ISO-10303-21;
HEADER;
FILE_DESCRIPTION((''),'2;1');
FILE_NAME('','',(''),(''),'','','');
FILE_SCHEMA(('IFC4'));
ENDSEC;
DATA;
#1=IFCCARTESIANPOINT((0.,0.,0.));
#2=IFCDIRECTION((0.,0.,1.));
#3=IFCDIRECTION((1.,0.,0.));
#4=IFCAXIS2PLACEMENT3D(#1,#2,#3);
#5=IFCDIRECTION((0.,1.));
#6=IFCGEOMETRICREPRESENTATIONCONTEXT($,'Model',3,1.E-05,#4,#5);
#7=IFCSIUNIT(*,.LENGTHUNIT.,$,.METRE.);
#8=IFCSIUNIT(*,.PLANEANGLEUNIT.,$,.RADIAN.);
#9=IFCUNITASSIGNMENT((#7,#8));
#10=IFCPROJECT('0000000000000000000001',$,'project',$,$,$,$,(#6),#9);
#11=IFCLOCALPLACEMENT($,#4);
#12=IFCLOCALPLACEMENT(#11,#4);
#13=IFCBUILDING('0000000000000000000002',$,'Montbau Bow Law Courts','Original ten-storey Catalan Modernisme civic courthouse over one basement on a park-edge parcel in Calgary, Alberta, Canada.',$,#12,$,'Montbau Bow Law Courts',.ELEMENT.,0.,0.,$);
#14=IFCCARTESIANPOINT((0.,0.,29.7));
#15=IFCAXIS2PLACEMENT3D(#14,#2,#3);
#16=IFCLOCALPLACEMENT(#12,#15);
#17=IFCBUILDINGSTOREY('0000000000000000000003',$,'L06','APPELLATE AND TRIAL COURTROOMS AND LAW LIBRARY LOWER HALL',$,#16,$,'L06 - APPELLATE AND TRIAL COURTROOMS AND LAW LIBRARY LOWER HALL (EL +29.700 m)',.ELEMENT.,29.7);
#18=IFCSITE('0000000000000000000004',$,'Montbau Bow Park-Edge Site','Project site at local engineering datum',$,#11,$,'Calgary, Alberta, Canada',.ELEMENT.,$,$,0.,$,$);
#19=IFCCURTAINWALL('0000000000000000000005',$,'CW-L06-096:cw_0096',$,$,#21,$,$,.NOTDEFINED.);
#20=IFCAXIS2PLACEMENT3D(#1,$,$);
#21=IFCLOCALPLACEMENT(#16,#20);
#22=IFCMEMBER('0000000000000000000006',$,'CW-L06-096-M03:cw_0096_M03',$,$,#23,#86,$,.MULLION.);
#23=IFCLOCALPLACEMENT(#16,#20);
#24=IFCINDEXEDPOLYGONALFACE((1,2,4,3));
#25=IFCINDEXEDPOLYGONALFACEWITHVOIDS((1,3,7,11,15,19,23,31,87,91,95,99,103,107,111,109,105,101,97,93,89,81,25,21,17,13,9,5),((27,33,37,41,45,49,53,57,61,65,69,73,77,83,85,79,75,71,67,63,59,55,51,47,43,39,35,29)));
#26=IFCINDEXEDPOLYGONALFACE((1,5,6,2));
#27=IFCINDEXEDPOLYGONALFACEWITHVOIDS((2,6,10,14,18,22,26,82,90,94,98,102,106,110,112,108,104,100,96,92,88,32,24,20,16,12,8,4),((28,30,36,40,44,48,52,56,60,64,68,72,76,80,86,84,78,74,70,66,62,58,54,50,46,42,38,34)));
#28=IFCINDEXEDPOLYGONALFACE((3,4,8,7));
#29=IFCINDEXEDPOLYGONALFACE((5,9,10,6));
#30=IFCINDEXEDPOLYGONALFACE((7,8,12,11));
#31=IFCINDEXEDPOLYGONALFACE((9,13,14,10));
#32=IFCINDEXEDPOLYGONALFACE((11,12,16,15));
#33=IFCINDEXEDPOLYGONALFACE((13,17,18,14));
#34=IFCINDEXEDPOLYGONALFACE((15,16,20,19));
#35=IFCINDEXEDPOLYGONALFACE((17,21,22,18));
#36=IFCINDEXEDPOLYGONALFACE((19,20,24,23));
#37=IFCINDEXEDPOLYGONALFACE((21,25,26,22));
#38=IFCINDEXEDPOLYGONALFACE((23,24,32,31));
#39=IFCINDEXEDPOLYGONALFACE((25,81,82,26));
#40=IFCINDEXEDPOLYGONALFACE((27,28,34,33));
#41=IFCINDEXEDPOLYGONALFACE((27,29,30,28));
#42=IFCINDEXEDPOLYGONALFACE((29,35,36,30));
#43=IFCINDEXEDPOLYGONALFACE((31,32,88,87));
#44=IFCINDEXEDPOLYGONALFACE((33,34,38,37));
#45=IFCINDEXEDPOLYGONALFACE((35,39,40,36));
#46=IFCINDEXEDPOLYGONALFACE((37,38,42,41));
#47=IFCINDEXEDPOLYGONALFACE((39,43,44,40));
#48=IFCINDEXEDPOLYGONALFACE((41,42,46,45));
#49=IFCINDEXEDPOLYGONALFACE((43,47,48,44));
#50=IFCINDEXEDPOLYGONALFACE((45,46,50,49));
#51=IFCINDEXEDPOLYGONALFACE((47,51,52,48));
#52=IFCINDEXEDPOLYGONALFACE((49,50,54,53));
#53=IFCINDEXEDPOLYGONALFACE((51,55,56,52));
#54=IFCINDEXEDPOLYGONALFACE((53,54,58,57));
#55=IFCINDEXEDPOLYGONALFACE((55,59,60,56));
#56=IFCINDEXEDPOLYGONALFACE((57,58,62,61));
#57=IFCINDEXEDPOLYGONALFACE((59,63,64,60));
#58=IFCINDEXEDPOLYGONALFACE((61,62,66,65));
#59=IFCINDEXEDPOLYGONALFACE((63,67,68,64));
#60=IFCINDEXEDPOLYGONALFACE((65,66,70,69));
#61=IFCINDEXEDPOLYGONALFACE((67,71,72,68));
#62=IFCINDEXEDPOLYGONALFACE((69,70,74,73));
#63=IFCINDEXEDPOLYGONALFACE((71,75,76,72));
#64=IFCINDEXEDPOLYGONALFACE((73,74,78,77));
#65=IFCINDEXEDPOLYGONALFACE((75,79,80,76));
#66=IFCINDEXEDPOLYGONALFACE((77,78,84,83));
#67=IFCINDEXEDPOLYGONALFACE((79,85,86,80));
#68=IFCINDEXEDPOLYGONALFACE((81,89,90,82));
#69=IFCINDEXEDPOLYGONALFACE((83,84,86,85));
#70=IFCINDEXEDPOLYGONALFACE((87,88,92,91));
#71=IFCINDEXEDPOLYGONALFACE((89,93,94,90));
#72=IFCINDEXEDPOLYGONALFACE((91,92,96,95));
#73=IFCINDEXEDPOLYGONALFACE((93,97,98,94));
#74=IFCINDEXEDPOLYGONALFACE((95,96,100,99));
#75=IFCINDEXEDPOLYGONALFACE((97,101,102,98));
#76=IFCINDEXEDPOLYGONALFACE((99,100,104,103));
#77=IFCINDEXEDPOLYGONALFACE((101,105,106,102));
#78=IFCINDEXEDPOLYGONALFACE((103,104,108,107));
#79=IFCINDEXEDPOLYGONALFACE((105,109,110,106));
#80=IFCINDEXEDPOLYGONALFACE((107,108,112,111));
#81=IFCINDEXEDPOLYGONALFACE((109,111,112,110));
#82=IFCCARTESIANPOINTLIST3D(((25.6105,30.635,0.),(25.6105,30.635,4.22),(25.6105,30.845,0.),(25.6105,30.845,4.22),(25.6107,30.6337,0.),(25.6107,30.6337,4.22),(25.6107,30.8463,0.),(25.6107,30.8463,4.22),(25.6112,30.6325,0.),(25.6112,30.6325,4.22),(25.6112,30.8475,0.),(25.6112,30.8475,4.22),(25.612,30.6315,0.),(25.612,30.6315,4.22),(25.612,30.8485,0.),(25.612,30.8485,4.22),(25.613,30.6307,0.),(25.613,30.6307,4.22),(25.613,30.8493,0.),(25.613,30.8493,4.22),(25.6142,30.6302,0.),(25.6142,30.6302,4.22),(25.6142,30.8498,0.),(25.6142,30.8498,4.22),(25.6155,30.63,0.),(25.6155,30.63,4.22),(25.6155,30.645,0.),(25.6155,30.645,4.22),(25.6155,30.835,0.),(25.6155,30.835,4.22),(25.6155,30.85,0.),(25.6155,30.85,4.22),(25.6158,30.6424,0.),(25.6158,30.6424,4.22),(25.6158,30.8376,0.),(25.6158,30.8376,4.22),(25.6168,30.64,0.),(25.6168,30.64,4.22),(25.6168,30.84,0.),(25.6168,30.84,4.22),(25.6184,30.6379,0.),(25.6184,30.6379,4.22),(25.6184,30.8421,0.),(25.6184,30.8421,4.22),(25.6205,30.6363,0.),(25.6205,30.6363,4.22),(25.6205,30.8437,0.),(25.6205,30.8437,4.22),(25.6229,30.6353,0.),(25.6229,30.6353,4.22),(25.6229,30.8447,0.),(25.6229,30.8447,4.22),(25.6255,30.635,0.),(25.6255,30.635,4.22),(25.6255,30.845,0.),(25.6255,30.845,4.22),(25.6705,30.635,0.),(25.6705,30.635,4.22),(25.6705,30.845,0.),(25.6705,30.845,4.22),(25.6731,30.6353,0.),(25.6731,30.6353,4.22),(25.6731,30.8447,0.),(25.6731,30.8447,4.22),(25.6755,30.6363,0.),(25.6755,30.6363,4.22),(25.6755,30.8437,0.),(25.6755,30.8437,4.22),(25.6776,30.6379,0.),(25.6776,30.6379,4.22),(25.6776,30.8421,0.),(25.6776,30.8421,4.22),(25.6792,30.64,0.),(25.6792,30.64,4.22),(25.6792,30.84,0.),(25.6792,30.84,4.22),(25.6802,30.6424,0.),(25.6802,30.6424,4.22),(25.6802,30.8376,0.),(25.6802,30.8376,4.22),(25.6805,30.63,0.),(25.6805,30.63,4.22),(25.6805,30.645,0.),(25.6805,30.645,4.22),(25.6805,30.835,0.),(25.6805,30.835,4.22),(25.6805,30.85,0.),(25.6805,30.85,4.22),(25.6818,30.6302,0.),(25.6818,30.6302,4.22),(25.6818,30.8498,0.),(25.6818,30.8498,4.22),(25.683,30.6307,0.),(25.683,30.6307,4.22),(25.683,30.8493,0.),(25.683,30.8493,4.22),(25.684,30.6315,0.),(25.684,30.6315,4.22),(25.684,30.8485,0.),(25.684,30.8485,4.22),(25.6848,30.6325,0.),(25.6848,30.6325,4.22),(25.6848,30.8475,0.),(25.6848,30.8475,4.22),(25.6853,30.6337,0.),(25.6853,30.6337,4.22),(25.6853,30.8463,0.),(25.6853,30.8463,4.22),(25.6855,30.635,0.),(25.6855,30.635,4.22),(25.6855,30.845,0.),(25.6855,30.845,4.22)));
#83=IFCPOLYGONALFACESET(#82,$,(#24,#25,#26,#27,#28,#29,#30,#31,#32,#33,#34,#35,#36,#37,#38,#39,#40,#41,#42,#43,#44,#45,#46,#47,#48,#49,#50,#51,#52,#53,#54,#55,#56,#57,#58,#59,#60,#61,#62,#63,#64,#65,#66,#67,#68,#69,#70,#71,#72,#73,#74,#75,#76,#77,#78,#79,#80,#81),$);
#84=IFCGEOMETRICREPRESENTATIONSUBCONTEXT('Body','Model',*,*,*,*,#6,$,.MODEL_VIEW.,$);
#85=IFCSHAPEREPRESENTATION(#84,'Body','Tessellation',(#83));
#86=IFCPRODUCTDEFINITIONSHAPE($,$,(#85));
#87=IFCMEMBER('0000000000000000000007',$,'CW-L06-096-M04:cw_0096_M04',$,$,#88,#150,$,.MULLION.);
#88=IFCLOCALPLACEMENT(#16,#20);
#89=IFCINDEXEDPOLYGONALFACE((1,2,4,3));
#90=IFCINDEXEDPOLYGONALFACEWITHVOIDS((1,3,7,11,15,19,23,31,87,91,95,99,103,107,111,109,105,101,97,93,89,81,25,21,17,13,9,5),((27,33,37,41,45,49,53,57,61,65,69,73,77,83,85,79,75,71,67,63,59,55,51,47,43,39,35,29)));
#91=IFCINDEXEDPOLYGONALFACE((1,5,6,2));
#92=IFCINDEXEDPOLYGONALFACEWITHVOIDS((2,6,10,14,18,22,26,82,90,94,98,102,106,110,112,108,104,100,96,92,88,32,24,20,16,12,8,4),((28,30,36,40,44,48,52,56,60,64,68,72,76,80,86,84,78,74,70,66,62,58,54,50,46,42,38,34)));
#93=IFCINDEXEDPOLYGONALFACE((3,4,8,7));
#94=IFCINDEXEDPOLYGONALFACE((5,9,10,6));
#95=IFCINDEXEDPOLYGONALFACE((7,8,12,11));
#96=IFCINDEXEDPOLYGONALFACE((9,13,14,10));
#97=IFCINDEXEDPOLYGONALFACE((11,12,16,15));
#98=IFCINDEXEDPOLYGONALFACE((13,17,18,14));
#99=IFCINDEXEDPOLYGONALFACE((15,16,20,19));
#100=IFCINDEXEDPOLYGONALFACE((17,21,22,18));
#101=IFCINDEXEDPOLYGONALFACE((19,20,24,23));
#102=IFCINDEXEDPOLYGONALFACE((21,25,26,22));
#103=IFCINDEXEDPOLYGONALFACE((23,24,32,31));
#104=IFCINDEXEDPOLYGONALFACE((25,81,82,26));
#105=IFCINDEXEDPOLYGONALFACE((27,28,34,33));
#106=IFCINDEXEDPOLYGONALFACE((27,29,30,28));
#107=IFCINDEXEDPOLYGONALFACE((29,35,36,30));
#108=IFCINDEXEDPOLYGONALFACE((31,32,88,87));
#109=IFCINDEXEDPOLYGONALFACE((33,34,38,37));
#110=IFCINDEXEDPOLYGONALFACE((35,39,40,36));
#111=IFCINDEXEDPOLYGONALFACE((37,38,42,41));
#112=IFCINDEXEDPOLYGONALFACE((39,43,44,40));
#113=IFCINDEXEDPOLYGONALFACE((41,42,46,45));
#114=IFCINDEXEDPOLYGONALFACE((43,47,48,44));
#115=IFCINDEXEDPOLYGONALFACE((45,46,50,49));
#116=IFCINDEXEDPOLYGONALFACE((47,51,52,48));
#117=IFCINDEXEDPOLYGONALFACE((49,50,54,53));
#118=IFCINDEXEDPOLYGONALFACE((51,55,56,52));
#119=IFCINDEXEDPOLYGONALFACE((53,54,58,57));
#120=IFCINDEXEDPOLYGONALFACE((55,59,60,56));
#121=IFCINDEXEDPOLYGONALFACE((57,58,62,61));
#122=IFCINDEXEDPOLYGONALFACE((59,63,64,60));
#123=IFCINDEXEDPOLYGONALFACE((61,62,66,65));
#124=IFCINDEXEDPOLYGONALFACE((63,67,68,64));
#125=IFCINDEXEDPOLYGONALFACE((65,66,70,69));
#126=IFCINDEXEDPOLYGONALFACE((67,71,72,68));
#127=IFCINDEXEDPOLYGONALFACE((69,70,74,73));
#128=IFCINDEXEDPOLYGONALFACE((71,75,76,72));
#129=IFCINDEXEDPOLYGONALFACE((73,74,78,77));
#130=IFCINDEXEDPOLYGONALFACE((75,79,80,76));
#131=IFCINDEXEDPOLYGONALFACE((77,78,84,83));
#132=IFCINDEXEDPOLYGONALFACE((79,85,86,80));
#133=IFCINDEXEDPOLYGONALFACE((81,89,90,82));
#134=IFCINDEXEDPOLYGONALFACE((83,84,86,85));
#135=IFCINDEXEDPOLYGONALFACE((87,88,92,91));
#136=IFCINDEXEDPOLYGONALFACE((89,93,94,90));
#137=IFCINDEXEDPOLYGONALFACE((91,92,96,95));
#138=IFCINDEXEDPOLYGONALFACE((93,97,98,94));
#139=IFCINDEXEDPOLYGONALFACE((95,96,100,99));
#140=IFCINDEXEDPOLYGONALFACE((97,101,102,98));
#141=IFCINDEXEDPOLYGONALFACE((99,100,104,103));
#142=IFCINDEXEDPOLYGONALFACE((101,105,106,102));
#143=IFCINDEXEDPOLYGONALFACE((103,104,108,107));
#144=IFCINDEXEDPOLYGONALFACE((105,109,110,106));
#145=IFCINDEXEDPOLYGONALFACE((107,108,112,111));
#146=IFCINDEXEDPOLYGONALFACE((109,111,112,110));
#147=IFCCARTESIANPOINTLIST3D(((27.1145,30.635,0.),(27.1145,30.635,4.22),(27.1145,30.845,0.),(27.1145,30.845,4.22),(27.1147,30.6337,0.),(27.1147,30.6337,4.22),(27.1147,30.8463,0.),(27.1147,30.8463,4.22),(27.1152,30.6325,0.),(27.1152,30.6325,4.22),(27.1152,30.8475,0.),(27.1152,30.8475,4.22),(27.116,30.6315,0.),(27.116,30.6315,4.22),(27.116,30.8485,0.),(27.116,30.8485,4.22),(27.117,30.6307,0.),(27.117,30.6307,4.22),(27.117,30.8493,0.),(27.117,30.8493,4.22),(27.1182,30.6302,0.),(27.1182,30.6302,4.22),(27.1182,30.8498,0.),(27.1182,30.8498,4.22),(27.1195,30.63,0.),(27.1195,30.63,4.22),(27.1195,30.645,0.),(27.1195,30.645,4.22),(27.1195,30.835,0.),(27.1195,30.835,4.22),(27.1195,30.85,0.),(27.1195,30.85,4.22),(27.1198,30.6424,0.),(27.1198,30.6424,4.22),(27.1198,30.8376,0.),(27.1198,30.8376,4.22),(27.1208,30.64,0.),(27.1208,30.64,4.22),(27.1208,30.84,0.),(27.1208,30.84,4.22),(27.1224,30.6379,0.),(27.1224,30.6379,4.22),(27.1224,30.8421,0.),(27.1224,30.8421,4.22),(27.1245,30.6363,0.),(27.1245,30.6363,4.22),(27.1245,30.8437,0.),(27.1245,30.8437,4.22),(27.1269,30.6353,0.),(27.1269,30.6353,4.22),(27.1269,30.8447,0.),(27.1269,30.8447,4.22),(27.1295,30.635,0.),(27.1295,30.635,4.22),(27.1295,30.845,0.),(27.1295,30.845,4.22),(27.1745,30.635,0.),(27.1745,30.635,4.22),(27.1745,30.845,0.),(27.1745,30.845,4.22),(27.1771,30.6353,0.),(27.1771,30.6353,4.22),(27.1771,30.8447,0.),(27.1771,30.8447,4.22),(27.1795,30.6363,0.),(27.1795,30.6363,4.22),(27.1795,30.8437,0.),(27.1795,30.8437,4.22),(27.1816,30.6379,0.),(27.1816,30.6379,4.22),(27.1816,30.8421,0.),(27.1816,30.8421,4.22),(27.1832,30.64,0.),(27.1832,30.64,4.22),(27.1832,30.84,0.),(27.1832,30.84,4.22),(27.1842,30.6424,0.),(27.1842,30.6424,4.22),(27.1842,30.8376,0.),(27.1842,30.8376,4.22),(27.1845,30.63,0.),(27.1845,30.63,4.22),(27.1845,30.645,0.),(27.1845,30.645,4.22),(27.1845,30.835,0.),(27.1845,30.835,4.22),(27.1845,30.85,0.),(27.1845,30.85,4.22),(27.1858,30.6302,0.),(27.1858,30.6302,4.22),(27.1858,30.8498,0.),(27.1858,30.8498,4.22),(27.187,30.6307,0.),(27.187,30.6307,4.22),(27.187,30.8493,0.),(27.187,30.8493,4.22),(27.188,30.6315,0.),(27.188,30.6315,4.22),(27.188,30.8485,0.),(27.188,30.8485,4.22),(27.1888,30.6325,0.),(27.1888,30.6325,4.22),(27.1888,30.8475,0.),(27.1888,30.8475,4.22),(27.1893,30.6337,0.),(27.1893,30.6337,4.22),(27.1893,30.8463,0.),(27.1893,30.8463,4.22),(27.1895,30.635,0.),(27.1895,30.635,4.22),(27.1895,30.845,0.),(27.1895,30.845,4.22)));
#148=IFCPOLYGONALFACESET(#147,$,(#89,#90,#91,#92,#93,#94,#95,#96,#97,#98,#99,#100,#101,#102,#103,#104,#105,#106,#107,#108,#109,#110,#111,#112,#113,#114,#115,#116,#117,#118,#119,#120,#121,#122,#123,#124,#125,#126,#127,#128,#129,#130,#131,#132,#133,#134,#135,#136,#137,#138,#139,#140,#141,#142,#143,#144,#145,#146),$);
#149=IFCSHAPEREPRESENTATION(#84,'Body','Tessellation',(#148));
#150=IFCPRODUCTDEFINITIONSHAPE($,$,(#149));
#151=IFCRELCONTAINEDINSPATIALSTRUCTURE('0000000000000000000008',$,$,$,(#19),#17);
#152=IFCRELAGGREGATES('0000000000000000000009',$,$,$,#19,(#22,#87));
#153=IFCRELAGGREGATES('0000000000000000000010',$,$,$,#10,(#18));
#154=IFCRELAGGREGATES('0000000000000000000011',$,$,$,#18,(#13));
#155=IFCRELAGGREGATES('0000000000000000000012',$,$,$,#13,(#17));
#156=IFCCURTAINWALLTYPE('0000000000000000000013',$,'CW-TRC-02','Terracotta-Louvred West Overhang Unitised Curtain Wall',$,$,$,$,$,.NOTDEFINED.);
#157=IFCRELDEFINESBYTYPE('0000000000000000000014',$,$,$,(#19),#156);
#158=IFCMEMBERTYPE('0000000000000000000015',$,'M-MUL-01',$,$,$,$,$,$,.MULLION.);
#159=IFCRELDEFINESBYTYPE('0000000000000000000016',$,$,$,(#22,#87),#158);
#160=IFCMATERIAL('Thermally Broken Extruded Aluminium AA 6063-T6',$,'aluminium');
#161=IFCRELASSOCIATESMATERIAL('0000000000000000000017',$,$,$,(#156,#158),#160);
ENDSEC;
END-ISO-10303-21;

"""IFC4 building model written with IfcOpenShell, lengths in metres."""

from ifc_helpers import new_model, si_unit, direction, frame, origin_with_axes, origin_2d_with_axis, place, context, subcontext, project, spatial, hollow_rectangle, extrude, material, material_profile, profile_set, type_object, element, aggregate, save


model = new_model("IFC4")

# Units and contexts
model_context = context("Model", 3, precision=1e-05, world=origin_with_axes(), true_north=direction((0.0, 1.0)))
body_context = subcontext(model_context, "Body", "Model", "MODEL_VIEW")
ifc_project = project(units=[si_unit("LENGTHUNIT", "METRE"), si_unit("PLANEANGLEUNIT", "RADIAN")], contexts=[model_context])

# Site, building, storey
site_placement = place(None, origin_with_axes())
site = spatial("IfcSite", under=ifc_project, at=site_placement, Name="Montbau Bow Park-Edge Site", Description="Project site at local engineering datum", LongName="Calgary, Alberta, Canada", CompositionType="ELEMENT", RefElevation=0.0)
building_placement = place(site_placement, origin_with_axes())
building = spatial("IfcBuilding", under=site, at=building_placement, Name="Montbau Bow Law Courts", Description="Original ten-storey Catalan Modernisme civic courthouse over one basement on a park-edge parcel in Calgary, Alberta, Canada.", LongName="Montbau Bow Law Courts", CompositionType="ELEMENT", ElevationOfRefHeight=0.0, ElevationOfTerrain=0.0)
storey_placement = place(building_placement, frame((0.0, 0.0, 29.7), z_axis=(0.0, 0.0, 1.0), x_axis=(1.0, 0.0, 0.0)))
storey = spatial("IfcBuildingStorey", under=building, at=storey_placement, Name="L06", Description="APPELLATE AND TRIAL COURTROOMS AND LAW LIBRARY LOWER HALL", LongName="L06 - APPELLATE AND TRIAL COURTROOMS AND LAW LIBRARY LOWER HALL (EL +29.700 m)", CompositionType="ELEMENT", Elevation=29.7)

# Curtain wall, members
ifc_material_1 = material(Name="Thermally Broken Extruded Aluminium AA 6063-T6", Category="aluminium")
curtain_wall_type = type_object("IfcCurtainWallType", Name="CW-TRC-02", Description="Terracotta-Louvred West Overhang Unitised Curtain Wall", PredefinedType="NOTDEFINED", material=ifc_material_1)
curtain_wall_placement = place(None, frame((22.64, 30.74, 29.7), z_axis=(0.0, 0.0, 1.0), x_axis=(1.0, 0.0, 0.0)))
curtain_wall = element("IfcCurtainWall", 1, at=curtain_wall_placement, inside=storey, type_object=curtain_wall_type, Name="CW-L06-096:cw_0096", PredefinedType="NOTDEFINED")
ifc_material_profile_1 = material_profile(ifc_material_1, hollow_rectangle(XDim=0.075, YDim=0.22, WallThickness=0.005, InnerFilletRadius=0.01, OuterFilletRadius=0.005, at=origin_2d_with_axis()), Name="CWM-220X75", Category="Main", Priority=0)
ifc_profile_set_1 = profile_set([ifc_material_profile_1], Name="Thermally Broken Extruded Aluminium AA 6063-T6")
member_type_1 = type_object("IfcMemberType", Name="M-MUL-01", PredefinedType="MULLION", material=ifc_profile_set_1)
member_1_placement = place(None, frame((25.648, 30.74, 29.7), z_axis=(0.0, 0.0, 1.0), x_axis=(1.0, 0.0, 0.0)))
member_1 = element("IfcMember", 2, at=member_1_placement, type_object=member_type_1, Name="CW-L06-096-M03:cw_0096_M03", PredefinedType="MULLION", context=body_context, shape_type="SweptSolid", body=[
    extrude(hollow_rectangle(XDim=0.075, YDim=0.22, WallThickness=0.005, InnerFilletRadius=0.01, OuterFilletRadius=0.005, at=origin_2d_with_axis()), origin_with_axes(), (0.0, 0.0, 1.0), 4.22),
])
member_2_placement = place(None, frame((27.152, 30.74, 29.7), z_axis=(0.0, 0.0, 1.0), x_axis=(1.0, 0.0, 0.0)))
member_2 = element("IfcMember", 3, at=member_2_placement, type_object=member_type_1, Name="CW-L06-096-M04:cw_0096_M04", PredefinedType="MULLION", context=body_context, shape_type="SweptSolid", body=[
    extrude(hollow_rectangle(XDim=0.075, YDim=0.22, WallThickness=0.005, InnerFilletRadius=0.01, OuterFilletRadius=0.005, at=origin_2d_with_axis()), origin_with_axes(), (0.0, 0.0, 1.0), 4.22),
])
aggregate(curtain_wall, [member_1, member_2])

save(model, "model.ifc")
